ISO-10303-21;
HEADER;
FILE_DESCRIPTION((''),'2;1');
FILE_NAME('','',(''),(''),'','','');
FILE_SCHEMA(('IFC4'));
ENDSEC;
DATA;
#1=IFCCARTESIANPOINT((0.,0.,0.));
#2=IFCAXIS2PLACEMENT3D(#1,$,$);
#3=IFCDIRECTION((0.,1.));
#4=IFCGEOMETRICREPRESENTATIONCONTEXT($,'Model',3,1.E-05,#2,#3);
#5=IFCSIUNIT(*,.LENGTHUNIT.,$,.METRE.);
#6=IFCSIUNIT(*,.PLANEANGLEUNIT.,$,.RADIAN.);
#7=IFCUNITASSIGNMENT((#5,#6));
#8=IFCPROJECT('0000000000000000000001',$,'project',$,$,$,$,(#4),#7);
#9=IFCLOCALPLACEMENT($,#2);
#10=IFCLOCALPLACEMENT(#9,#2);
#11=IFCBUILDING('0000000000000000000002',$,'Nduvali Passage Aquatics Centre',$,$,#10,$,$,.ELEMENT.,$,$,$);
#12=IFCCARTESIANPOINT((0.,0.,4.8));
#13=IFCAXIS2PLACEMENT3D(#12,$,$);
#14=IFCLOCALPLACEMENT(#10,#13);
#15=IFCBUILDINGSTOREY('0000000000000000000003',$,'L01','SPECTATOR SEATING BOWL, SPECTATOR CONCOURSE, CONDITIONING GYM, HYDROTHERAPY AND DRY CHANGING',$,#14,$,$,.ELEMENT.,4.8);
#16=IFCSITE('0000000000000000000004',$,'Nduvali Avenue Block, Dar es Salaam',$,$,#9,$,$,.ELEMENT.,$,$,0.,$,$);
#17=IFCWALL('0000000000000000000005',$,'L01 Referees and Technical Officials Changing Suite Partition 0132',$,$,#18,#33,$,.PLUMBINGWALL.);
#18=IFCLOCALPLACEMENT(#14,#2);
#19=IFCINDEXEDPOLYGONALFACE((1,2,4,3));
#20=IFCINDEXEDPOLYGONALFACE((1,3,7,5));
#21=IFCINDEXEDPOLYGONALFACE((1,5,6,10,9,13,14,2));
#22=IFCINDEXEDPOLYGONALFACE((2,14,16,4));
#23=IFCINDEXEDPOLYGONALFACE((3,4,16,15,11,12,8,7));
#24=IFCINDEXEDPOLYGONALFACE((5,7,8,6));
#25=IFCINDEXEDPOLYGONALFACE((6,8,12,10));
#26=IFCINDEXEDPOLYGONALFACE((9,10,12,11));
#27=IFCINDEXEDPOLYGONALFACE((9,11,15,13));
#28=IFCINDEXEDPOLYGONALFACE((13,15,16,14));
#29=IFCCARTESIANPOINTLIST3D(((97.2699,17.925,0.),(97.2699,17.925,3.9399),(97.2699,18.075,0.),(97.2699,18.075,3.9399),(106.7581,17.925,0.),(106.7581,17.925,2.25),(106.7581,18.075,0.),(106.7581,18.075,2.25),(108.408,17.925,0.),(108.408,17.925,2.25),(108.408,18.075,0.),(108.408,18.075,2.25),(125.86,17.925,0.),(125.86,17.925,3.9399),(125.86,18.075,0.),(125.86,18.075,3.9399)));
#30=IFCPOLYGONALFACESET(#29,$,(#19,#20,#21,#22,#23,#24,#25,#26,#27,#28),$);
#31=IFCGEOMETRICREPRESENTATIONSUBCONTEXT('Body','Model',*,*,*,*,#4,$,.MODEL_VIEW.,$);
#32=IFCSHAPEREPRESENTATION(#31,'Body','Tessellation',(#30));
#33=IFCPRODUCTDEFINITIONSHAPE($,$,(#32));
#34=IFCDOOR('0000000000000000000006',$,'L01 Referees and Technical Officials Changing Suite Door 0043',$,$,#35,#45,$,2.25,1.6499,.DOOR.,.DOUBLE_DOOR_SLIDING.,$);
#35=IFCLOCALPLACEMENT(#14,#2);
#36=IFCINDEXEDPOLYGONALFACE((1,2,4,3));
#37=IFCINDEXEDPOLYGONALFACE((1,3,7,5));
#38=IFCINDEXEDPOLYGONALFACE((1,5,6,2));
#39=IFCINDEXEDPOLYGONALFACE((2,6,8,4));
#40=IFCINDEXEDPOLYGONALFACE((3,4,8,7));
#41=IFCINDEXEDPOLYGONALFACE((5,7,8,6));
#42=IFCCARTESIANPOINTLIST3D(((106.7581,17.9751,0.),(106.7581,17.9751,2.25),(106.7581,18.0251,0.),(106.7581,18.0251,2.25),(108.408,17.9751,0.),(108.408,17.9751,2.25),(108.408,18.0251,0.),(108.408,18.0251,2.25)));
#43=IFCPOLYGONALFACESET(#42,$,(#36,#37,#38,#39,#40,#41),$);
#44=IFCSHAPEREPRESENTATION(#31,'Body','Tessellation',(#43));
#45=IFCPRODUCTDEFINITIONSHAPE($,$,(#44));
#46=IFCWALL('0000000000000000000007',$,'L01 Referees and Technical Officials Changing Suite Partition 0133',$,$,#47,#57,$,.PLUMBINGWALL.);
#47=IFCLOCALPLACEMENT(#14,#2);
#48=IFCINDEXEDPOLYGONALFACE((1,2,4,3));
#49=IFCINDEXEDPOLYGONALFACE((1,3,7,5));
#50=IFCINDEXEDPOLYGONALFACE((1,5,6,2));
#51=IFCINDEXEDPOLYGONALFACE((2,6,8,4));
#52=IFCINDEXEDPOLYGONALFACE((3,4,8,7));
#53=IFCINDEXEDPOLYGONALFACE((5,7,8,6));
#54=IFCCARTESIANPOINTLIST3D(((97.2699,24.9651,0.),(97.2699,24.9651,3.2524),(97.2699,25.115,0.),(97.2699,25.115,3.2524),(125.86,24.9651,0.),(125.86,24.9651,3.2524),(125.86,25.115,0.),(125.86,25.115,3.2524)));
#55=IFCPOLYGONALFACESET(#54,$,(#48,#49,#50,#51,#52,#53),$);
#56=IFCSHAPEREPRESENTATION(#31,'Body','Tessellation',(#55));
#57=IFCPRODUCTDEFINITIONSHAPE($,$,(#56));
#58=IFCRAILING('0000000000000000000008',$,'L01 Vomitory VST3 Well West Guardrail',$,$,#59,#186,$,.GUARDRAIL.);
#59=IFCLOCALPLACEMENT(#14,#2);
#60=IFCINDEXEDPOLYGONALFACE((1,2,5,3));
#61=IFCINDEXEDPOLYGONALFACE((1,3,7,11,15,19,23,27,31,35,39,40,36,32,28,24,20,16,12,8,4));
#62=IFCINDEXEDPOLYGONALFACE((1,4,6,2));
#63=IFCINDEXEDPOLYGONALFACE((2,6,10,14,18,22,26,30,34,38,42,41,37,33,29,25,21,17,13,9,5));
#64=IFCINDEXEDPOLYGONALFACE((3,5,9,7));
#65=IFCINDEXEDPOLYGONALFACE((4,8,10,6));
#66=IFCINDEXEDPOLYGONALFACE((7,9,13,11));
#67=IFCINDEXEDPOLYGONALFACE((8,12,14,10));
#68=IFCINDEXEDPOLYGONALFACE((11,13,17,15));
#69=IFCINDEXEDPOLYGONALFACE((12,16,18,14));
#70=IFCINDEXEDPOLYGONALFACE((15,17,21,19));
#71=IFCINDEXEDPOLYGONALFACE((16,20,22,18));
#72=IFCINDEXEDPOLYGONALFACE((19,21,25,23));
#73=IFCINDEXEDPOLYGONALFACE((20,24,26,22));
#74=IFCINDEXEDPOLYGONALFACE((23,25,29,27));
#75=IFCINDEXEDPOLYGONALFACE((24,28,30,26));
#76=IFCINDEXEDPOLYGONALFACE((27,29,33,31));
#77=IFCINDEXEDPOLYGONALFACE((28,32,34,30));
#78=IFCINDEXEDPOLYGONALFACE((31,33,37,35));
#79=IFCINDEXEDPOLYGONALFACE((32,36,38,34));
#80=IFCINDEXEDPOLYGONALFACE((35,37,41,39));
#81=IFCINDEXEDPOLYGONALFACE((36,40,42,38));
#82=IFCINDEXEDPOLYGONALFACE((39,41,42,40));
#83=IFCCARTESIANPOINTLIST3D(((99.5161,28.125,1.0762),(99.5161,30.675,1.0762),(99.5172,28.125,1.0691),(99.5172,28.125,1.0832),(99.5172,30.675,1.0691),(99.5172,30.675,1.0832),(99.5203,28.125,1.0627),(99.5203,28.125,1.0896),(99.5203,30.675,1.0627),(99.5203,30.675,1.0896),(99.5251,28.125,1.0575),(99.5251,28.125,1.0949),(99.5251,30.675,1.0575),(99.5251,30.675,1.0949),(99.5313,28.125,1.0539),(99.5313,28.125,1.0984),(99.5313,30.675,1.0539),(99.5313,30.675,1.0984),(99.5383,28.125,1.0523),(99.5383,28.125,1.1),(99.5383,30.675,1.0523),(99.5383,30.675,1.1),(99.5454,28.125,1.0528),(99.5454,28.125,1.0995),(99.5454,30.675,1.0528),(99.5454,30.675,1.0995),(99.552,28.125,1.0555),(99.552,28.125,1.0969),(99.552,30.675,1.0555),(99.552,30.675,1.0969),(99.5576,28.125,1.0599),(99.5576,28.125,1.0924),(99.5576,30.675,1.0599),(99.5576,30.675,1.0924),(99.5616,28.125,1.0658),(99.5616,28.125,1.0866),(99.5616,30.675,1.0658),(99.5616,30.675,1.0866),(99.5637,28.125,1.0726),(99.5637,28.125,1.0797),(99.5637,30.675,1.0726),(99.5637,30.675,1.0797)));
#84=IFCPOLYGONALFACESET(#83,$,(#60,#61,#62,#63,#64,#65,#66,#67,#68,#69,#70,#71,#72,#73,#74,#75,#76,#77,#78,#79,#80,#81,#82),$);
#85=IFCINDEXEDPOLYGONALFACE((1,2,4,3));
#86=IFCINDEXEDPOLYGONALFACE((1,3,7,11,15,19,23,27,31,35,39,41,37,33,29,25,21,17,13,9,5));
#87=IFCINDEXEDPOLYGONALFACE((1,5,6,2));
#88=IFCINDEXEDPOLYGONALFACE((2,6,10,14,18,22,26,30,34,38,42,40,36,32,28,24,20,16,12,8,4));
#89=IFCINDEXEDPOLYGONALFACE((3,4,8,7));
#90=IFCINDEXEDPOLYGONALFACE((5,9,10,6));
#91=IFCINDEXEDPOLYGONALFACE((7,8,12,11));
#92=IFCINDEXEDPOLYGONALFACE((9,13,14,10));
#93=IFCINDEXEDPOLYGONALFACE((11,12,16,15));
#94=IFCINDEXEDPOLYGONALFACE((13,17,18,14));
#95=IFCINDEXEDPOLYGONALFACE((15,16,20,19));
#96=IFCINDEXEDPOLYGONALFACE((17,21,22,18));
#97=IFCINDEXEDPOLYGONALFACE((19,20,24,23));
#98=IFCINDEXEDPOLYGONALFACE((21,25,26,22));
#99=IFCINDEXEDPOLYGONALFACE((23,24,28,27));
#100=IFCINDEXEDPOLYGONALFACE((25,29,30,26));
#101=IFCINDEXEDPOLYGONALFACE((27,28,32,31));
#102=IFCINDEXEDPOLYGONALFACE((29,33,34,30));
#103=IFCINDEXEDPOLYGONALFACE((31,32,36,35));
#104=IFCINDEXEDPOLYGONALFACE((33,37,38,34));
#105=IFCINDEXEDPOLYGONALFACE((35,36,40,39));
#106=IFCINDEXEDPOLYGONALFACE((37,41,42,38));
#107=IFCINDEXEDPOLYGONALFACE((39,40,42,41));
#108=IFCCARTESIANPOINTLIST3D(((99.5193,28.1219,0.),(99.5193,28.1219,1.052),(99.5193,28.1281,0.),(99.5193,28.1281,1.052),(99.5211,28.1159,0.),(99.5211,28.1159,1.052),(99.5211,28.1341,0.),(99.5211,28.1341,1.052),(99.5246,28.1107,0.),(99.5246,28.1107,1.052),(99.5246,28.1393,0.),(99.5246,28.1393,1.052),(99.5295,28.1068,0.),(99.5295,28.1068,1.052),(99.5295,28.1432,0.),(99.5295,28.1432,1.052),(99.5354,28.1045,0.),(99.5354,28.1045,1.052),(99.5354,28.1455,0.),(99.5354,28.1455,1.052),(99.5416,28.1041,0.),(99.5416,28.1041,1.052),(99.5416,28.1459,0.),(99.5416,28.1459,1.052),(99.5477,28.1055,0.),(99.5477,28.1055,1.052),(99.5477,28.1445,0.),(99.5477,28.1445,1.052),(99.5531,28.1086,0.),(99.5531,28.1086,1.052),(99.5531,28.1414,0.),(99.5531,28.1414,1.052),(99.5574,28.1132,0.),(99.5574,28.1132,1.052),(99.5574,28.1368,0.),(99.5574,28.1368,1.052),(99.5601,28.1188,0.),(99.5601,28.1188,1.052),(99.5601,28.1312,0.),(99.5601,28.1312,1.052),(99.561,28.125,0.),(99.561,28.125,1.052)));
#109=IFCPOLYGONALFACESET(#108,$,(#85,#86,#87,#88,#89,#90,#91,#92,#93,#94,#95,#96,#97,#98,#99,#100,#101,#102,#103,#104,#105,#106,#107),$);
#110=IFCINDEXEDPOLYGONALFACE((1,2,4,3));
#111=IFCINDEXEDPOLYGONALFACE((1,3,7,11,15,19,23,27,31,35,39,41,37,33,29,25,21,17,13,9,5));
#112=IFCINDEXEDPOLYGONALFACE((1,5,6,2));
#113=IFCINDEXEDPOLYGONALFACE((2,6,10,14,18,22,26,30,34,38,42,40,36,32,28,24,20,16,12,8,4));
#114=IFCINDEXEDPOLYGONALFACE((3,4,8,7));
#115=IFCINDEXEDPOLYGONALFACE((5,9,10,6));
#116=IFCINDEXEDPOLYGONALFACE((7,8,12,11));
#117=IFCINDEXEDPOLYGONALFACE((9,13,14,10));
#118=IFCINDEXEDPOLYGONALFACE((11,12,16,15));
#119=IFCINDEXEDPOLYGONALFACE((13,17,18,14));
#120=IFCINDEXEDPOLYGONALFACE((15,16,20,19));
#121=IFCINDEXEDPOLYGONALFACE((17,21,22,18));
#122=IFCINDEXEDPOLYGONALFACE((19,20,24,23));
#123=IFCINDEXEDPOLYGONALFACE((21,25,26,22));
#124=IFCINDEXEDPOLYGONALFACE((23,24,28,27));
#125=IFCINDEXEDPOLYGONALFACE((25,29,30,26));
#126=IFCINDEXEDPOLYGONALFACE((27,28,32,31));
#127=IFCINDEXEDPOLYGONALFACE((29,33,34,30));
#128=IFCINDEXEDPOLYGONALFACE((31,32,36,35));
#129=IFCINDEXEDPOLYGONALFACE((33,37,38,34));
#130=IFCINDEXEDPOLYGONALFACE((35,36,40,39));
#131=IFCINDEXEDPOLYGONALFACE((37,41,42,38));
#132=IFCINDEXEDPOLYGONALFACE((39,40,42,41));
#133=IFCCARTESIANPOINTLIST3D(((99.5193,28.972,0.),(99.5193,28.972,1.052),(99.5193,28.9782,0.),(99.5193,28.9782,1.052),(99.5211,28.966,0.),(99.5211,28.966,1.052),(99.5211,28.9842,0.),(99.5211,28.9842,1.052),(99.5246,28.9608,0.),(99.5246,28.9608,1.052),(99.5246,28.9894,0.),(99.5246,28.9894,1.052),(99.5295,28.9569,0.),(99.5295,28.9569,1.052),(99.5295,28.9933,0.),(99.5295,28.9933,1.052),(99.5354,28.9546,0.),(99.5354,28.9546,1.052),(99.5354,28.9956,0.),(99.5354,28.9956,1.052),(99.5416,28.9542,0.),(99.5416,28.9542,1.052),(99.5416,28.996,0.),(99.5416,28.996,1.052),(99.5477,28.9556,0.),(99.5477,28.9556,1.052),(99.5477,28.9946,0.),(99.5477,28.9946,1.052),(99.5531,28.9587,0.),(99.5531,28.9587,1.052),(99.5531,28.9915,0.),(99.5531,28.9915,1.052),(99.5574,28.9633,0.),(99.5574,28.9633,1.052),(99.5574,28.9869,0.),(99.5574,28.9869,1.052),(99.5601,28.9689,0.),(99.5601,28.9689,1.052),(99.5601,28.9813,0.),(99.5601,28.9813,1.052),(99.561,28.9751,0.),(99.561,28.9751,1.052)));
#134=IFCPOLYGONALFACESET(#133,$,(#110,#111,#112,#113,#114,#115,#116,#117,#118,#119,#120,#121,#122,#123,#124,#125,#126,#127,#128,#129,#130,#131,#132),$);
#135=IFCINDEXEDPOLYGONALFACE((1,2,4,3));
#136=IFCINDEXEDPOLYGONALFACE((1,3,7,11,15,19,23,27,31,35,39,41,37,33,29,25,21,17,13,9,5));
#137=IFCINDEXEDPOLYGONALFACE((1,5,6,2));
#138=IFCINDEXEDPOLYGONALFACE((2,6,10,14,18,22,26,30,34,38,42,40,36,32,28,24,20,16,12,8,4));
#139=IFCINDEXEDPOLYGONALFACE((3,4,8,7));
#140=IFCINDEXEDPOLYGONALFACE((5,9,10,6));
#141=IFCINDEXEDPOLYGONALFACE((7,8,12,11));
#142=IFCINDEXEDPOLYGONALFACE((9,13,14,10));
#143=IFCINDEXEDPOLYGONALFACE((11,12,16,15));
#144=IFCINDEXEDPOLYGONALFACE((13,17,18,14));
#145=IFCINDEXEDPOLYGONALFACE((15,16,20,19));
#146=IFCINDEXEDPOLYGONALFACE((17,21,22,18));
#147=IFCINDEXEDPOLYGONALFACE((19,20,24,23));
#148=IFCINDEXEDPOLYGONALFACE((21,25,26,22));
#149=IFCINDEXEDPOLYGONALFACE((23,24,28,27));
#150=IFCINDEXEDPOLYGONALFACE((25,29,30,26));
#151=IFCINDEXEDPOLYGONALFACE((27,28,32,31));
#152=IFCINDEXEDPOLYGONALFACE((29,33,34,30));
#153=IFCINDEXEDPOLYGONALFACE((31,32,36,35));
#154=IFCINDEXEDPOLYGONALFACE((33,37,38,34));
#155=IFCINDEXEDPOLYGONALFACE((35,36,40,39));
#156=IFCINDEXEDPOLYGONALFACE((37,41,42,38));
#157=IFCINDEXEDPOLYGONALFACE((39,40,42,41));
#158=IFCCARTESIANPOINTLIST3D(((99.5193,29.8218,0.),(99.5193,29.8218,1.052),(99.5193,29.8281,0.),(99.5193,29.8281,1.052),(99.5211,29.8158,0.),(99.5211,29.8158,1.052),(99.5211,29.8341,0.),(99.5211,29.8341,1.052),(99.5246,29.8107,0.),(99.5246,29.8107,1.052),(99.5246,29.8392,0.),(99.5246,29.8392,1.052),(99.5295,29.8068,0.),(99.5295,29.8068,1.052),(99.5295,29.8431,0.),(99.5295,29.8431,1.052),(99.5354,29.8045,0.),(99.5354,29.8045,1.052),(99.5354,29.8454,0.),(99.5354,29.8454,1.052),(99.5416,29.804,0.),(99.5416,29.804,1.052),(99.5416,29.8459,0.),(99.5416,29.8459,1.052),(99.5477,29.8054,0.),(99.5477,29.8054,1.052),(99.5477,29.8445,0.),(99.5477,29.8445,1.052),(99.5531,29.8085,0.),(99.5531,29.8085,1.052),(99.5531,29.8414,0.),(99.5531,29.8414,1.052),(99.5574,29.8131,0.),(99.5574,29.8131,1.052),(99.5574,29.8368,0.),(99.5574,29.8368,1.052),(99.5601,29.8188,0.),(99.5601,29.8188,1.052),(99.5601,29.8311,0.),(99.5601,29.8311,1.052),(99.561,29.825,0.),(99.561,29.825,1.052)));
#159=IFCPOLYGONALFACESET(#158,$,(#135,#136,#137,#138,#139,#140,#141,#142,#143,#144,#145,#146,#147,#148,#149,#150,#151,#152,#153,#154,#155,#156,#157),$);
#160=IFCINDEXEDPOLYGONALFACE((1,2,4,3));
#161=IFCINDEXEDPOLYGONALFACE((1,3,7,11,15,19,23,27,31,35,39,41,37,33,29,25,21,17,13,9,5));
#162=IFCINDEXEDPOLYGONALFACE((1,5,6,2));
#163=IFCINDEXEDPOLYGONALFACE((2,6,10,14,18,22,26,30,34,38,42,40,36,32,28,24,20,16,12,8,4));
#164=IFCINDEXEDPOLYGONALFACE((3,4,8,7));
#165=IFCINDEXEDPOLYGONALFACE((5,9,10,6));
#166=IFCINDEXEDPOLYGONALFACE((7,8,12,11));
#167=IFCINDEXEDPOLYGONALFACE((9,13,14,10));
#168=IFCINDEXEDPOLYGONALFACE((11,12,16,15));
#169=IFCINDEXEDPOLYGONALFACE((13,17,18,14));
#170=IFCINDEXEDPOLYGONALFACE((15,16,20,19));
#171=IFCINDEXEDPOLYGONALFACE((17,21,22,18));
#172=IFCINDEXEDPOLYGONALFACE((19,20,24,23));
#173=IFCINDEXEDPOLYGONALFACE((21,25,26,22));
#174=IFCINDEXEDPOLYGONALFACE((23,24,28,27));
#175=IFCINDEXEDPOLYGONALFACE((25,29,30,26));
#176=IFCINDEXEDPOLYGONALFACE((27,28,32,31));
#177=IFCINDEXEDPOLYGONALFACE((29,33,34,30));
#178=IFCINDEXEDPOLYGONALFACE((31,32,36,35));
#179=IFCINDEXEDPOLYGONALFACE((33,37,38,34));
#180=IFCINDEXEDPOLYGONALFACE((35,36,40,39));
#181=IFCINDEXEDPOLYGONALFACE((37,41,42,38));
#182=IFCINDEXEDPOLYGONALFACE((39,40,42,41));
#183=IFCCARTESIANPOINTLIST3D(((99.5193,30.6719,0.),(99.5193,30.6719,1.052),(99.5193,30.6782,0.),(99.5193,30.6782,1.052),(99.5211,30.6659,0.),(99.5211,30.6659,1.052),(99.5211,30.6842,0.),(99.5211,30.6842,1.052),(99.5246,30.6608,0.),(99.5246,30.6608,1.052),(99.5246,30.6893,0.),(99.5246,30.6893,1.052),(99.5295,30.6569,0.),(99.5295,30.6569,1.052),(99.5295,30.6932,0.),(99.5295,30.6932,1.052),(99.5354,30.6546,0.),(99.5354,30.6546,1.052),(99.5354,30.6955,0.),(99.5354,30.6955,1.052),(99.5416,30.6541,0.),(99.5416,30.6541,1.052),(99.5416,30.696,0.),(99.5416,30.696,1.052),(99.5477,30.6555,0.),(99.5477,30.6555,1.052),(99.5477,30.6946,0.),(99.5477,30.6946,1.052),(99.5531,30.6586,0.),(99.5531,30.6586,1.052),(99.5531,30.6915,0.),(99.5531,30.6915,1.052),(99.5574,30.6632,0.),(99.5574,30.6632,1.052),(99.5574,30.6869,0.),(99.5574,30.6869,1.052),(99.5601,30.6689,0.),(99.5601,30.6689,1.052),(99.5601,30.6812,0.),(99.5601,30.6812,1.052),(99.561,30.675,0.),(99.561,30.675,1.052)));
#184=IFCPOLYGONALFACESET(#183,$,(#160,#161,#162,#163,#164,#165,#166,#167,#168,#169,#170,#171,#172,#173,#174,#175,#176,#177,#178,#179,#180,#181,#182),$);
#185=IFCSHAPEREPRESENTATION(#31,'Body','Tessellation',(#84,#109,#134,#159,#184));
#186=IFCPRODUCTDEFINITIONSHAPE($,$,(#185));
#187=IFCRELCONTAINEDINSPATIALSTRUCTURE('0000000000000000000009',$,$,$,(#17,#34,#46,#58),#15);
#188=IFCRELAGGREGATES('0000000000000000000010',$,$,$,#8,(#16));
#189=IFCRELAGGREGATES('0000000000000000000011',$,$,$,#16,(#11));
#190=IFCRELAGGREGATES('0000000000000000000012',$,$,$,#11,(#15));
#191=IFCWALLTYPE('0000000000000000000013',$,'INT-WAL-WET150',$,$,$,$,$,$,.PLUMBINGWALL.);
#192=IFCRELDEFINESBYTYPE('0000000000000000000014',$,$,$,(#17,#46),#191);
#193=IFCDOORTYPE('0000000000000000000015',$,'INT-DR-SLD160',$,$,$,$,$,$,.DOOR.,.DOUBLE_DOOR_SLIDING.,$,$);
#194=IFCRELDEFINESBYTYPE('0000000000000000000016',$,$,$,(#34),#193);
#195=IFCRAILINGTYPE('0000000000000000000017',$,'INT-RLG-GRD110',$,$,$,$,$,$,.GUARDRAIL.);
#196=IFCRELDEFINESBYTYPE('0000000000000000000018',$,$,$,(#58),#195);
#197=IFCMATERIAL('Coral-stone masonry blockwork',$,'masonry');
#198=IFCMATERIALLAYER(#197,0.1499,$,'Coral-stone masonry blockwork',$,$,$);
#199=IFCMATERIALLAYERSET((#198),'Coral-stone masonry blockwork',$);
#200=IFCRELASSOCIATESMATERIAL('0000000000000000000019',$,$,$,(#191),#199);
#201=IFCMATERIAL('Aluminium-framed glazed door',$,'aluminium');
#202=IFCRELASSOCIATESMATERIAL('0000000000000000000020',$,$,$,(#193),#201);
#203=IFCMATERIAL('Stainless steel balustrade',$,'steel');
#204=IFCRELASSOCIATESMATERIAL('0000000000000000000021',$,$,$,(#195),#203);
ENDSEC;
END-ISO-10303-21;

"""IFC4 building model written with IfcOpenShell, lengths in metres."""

from ifc_helpers import new_model, si_unit, direction, frame, frame_2d, origin, origin_2d, place, context, subcontext, project, spatial, rectangle, circle, extrude, material, layer, layer_set, type_object, element, fill, save


model = new_model("IFC4")

# Units and contexts
model_context = context("Model", 3, precision=1e-05, world=origin(), true_north=direction((0.0, 1.0)))
body_context = subcontext(model_context, "Body", "Model", "MODEL_VIEW")
ifc_project = project(units=[si_unit("LENGTHUNIT", "METRE"), si_unit("PLANEANGLEUNIT", "RADIAN")], contexts=[model_context])

# Site, building, storey
site_placement = place(None, origin())
site = spatial("IfcSite", under=ifc_project, at=site_placement, Name="Nduvali Avenue Block, Dar es Salaam", CompositionType="ELEMENT", RefElevation=0.0)
building_placement = place(site_placement, origin())
building = spatial("IfcBuilding", under=site, at=building_placement, Name="Nduvali Passage Aquatics Centre", CompositionType="ELEMENT")
storey_placement = place(building_placement, frame((0.0, 0.0, 4.8)))
storey = spatial("IfcBuildingStorey", under=building, at=storey_placement, Name="L01", Description="SPECTATOR SEATING BOWL, SPECTATOR CONCOURSE, CONDITIONING GYM, HYDROTHERAPY AND DRY CHANGING", CompositionType="ELEMENT", Elevation=4.8)

# Wall, opening, door
ifc_material_1 = material(Name="Coral-stone masonry blockwork", Category="masonry")
ifc_layer_1 = layer(ifc_material_1, 0.1499, Name="Coral-stone masonry blockwork")
ifc_layer_set_1 = layer_set([ifc_layer_1], Name="Coral-stone masonry blockwork")
wall_type_1 = type_object("IfcWallType", Name="INT-WAL-WET150", PredefinedType="PLUMBINGWALL", material=ifc_layer_set_1)
wall_1_placement = place(storey_placement, frame((97.27, 18.0, 0.0), z_axis=(0.0, 0.0, 1.0), x_axis=(1.0, 0.0, 0.0)))
wall_1 = element("IfcWall", 1, at=wall_1_placement, inside=storey, type_object=wall_type_1, Name="L01 Referees and Technical Officials Changing Suite Partition 0132", PredefinedType="PLUMBINGWALL", context=body_context, shape_type="SweptSolid", body=[
    extrude(rectangle(XDim=28.5901, YDim=0.1499, at=frame_2d((14.2949, 0.0))), origin(), (0.0, 0.0, 1.0), 3.9399),
])
opening_placement = place(wall_1_placement, frame((9.488, 0.0, 0.0)))
opening = element("IfcOpeningElement", 2, at=opening_placement, cuts=wall_1, PredefinedType="OPENING", context=body_context, shape_type="SweptSolid", body=[
    extrude(rectangle(XDim=1.6499, YDim=2.25, at=frame_2d((0.825, 1.125))), frame((0.0, 0.0898, 0.0), z_axis=(0.0, -1.0, 0.0), x_axis=(1.0, 0.0, 0.0)), (0.0, 0.0, 1.0), 0.1797),
])
ifc_material_2 = material(Name="Aluminium-framed glazed door", Category="aluminium")
door_type = type_object("IfcDoorType", Name="INT-DR-SLD160", OperationType="DOUBLE_DOOR_SLIDING", PredefinedType="DOOR", material=ifc_material_2)
door_placement = place(opening_placement, frame((1.6499, 0.0, 0.0), z_axis=(0.0, 0.0, 1.0), x_axis=(-1.0, 0.0, 0.0)))
door = element("IfcDoor", 3, at=door_placement, inside=storey, type_object=door_type, Name="L01 Referees and Technical Officials Changing Suite Door 0043", OperationType="DOUBLE_DOOR_SLIDING", OverallHeight=2.25, OverallWidth=1.6499, PredefinedType="DOOR", context=body_context, shape_type="SweptSolid", body=[
    extrude(rectangle(XDim=1.6499, YDim=2.25, at=frame_2d((0.825, 1.125))), frame((0.0, 0.0249, 0.0), z_axis=(0.0, -1.0, 0.0), x_axis=(1.0, 0.0, 0.0)), (0.0, 0.0, 1.0), 0.05),
])
fill(opening, door)

# Wall
wall_2_placement = place(storey_placement, frame((97.27, 25.04, 0.0), z_axis=(0.0, 0.0, 1.0), x_axis=(1.0, 0.0, 0.0)))
element("IfcWall", 4, at=wall_2_placement, inside=storey, type_object=wall_type_1, Name="L01 Referees and Technical Officials Changing Suite Partition 0133", PredefinedType="PLUMBINGWALL", context=body_context, shape_type="SweptSolid", body=[
    extrude(rectangle(XDim=28.5901, YDim=0.1499, at=frame_2d((14.2949, 0.0))), origin(), (0.0, 0.0, 1.0), 3.2524),
])

# Railing
ifc_material_3 = material(Name="Stainless steel balustrade", Category="steel")
railing_type = type_object("IfcRailingType", Name="INT-RLG-GRD110", PredefinedType="GUARDRAIL", material=ifc_material_3)
railing_1_placement = place(storey_placement, frame((99.54, 28.125, 0.0)))
element("IfcRailing", 5, at=railing_1_placement, inside=storey, type_object=railing_type, Name="L01 Vomitory VST3 Well West Guardrail", PredefinedType="GUARDRAIL", context=body_context, shape_type="SweptSolid", body=[
    extrude(circle(Radius=0.0239, at=origin_2d()), frame((0.0, 0.0, 1.0762), z_axis=(0.0, 1.0, 0.0), x_axis=(-1.0, 0.0, 0.0)), (0.0, 0.0, 1.0), 2.55),
    extrude(circle(Radius=0.021, at=origin_2d()), origin(), (0.0, 0.0, 1.0), 1.052),
    extrude(circle(Radius=0.021, at=origin_2d()), frame((0.0, 0.8501, 0.0)), (0.0, 0.0, 1.0), 1.052),
    extrude(circle(Radius=0.021, at=origin_2d()), frame((0.0, 1.7, 0.0)), (0.0, 0.0, 1.0), 1.052),
    extrude(circle(Radius=0.021, at=origin_2d()), frame((0.0, 2.55, 0.0)), (0.0, 0.0, 1.0), 1.052),
])

save(model, "model.ifc")
